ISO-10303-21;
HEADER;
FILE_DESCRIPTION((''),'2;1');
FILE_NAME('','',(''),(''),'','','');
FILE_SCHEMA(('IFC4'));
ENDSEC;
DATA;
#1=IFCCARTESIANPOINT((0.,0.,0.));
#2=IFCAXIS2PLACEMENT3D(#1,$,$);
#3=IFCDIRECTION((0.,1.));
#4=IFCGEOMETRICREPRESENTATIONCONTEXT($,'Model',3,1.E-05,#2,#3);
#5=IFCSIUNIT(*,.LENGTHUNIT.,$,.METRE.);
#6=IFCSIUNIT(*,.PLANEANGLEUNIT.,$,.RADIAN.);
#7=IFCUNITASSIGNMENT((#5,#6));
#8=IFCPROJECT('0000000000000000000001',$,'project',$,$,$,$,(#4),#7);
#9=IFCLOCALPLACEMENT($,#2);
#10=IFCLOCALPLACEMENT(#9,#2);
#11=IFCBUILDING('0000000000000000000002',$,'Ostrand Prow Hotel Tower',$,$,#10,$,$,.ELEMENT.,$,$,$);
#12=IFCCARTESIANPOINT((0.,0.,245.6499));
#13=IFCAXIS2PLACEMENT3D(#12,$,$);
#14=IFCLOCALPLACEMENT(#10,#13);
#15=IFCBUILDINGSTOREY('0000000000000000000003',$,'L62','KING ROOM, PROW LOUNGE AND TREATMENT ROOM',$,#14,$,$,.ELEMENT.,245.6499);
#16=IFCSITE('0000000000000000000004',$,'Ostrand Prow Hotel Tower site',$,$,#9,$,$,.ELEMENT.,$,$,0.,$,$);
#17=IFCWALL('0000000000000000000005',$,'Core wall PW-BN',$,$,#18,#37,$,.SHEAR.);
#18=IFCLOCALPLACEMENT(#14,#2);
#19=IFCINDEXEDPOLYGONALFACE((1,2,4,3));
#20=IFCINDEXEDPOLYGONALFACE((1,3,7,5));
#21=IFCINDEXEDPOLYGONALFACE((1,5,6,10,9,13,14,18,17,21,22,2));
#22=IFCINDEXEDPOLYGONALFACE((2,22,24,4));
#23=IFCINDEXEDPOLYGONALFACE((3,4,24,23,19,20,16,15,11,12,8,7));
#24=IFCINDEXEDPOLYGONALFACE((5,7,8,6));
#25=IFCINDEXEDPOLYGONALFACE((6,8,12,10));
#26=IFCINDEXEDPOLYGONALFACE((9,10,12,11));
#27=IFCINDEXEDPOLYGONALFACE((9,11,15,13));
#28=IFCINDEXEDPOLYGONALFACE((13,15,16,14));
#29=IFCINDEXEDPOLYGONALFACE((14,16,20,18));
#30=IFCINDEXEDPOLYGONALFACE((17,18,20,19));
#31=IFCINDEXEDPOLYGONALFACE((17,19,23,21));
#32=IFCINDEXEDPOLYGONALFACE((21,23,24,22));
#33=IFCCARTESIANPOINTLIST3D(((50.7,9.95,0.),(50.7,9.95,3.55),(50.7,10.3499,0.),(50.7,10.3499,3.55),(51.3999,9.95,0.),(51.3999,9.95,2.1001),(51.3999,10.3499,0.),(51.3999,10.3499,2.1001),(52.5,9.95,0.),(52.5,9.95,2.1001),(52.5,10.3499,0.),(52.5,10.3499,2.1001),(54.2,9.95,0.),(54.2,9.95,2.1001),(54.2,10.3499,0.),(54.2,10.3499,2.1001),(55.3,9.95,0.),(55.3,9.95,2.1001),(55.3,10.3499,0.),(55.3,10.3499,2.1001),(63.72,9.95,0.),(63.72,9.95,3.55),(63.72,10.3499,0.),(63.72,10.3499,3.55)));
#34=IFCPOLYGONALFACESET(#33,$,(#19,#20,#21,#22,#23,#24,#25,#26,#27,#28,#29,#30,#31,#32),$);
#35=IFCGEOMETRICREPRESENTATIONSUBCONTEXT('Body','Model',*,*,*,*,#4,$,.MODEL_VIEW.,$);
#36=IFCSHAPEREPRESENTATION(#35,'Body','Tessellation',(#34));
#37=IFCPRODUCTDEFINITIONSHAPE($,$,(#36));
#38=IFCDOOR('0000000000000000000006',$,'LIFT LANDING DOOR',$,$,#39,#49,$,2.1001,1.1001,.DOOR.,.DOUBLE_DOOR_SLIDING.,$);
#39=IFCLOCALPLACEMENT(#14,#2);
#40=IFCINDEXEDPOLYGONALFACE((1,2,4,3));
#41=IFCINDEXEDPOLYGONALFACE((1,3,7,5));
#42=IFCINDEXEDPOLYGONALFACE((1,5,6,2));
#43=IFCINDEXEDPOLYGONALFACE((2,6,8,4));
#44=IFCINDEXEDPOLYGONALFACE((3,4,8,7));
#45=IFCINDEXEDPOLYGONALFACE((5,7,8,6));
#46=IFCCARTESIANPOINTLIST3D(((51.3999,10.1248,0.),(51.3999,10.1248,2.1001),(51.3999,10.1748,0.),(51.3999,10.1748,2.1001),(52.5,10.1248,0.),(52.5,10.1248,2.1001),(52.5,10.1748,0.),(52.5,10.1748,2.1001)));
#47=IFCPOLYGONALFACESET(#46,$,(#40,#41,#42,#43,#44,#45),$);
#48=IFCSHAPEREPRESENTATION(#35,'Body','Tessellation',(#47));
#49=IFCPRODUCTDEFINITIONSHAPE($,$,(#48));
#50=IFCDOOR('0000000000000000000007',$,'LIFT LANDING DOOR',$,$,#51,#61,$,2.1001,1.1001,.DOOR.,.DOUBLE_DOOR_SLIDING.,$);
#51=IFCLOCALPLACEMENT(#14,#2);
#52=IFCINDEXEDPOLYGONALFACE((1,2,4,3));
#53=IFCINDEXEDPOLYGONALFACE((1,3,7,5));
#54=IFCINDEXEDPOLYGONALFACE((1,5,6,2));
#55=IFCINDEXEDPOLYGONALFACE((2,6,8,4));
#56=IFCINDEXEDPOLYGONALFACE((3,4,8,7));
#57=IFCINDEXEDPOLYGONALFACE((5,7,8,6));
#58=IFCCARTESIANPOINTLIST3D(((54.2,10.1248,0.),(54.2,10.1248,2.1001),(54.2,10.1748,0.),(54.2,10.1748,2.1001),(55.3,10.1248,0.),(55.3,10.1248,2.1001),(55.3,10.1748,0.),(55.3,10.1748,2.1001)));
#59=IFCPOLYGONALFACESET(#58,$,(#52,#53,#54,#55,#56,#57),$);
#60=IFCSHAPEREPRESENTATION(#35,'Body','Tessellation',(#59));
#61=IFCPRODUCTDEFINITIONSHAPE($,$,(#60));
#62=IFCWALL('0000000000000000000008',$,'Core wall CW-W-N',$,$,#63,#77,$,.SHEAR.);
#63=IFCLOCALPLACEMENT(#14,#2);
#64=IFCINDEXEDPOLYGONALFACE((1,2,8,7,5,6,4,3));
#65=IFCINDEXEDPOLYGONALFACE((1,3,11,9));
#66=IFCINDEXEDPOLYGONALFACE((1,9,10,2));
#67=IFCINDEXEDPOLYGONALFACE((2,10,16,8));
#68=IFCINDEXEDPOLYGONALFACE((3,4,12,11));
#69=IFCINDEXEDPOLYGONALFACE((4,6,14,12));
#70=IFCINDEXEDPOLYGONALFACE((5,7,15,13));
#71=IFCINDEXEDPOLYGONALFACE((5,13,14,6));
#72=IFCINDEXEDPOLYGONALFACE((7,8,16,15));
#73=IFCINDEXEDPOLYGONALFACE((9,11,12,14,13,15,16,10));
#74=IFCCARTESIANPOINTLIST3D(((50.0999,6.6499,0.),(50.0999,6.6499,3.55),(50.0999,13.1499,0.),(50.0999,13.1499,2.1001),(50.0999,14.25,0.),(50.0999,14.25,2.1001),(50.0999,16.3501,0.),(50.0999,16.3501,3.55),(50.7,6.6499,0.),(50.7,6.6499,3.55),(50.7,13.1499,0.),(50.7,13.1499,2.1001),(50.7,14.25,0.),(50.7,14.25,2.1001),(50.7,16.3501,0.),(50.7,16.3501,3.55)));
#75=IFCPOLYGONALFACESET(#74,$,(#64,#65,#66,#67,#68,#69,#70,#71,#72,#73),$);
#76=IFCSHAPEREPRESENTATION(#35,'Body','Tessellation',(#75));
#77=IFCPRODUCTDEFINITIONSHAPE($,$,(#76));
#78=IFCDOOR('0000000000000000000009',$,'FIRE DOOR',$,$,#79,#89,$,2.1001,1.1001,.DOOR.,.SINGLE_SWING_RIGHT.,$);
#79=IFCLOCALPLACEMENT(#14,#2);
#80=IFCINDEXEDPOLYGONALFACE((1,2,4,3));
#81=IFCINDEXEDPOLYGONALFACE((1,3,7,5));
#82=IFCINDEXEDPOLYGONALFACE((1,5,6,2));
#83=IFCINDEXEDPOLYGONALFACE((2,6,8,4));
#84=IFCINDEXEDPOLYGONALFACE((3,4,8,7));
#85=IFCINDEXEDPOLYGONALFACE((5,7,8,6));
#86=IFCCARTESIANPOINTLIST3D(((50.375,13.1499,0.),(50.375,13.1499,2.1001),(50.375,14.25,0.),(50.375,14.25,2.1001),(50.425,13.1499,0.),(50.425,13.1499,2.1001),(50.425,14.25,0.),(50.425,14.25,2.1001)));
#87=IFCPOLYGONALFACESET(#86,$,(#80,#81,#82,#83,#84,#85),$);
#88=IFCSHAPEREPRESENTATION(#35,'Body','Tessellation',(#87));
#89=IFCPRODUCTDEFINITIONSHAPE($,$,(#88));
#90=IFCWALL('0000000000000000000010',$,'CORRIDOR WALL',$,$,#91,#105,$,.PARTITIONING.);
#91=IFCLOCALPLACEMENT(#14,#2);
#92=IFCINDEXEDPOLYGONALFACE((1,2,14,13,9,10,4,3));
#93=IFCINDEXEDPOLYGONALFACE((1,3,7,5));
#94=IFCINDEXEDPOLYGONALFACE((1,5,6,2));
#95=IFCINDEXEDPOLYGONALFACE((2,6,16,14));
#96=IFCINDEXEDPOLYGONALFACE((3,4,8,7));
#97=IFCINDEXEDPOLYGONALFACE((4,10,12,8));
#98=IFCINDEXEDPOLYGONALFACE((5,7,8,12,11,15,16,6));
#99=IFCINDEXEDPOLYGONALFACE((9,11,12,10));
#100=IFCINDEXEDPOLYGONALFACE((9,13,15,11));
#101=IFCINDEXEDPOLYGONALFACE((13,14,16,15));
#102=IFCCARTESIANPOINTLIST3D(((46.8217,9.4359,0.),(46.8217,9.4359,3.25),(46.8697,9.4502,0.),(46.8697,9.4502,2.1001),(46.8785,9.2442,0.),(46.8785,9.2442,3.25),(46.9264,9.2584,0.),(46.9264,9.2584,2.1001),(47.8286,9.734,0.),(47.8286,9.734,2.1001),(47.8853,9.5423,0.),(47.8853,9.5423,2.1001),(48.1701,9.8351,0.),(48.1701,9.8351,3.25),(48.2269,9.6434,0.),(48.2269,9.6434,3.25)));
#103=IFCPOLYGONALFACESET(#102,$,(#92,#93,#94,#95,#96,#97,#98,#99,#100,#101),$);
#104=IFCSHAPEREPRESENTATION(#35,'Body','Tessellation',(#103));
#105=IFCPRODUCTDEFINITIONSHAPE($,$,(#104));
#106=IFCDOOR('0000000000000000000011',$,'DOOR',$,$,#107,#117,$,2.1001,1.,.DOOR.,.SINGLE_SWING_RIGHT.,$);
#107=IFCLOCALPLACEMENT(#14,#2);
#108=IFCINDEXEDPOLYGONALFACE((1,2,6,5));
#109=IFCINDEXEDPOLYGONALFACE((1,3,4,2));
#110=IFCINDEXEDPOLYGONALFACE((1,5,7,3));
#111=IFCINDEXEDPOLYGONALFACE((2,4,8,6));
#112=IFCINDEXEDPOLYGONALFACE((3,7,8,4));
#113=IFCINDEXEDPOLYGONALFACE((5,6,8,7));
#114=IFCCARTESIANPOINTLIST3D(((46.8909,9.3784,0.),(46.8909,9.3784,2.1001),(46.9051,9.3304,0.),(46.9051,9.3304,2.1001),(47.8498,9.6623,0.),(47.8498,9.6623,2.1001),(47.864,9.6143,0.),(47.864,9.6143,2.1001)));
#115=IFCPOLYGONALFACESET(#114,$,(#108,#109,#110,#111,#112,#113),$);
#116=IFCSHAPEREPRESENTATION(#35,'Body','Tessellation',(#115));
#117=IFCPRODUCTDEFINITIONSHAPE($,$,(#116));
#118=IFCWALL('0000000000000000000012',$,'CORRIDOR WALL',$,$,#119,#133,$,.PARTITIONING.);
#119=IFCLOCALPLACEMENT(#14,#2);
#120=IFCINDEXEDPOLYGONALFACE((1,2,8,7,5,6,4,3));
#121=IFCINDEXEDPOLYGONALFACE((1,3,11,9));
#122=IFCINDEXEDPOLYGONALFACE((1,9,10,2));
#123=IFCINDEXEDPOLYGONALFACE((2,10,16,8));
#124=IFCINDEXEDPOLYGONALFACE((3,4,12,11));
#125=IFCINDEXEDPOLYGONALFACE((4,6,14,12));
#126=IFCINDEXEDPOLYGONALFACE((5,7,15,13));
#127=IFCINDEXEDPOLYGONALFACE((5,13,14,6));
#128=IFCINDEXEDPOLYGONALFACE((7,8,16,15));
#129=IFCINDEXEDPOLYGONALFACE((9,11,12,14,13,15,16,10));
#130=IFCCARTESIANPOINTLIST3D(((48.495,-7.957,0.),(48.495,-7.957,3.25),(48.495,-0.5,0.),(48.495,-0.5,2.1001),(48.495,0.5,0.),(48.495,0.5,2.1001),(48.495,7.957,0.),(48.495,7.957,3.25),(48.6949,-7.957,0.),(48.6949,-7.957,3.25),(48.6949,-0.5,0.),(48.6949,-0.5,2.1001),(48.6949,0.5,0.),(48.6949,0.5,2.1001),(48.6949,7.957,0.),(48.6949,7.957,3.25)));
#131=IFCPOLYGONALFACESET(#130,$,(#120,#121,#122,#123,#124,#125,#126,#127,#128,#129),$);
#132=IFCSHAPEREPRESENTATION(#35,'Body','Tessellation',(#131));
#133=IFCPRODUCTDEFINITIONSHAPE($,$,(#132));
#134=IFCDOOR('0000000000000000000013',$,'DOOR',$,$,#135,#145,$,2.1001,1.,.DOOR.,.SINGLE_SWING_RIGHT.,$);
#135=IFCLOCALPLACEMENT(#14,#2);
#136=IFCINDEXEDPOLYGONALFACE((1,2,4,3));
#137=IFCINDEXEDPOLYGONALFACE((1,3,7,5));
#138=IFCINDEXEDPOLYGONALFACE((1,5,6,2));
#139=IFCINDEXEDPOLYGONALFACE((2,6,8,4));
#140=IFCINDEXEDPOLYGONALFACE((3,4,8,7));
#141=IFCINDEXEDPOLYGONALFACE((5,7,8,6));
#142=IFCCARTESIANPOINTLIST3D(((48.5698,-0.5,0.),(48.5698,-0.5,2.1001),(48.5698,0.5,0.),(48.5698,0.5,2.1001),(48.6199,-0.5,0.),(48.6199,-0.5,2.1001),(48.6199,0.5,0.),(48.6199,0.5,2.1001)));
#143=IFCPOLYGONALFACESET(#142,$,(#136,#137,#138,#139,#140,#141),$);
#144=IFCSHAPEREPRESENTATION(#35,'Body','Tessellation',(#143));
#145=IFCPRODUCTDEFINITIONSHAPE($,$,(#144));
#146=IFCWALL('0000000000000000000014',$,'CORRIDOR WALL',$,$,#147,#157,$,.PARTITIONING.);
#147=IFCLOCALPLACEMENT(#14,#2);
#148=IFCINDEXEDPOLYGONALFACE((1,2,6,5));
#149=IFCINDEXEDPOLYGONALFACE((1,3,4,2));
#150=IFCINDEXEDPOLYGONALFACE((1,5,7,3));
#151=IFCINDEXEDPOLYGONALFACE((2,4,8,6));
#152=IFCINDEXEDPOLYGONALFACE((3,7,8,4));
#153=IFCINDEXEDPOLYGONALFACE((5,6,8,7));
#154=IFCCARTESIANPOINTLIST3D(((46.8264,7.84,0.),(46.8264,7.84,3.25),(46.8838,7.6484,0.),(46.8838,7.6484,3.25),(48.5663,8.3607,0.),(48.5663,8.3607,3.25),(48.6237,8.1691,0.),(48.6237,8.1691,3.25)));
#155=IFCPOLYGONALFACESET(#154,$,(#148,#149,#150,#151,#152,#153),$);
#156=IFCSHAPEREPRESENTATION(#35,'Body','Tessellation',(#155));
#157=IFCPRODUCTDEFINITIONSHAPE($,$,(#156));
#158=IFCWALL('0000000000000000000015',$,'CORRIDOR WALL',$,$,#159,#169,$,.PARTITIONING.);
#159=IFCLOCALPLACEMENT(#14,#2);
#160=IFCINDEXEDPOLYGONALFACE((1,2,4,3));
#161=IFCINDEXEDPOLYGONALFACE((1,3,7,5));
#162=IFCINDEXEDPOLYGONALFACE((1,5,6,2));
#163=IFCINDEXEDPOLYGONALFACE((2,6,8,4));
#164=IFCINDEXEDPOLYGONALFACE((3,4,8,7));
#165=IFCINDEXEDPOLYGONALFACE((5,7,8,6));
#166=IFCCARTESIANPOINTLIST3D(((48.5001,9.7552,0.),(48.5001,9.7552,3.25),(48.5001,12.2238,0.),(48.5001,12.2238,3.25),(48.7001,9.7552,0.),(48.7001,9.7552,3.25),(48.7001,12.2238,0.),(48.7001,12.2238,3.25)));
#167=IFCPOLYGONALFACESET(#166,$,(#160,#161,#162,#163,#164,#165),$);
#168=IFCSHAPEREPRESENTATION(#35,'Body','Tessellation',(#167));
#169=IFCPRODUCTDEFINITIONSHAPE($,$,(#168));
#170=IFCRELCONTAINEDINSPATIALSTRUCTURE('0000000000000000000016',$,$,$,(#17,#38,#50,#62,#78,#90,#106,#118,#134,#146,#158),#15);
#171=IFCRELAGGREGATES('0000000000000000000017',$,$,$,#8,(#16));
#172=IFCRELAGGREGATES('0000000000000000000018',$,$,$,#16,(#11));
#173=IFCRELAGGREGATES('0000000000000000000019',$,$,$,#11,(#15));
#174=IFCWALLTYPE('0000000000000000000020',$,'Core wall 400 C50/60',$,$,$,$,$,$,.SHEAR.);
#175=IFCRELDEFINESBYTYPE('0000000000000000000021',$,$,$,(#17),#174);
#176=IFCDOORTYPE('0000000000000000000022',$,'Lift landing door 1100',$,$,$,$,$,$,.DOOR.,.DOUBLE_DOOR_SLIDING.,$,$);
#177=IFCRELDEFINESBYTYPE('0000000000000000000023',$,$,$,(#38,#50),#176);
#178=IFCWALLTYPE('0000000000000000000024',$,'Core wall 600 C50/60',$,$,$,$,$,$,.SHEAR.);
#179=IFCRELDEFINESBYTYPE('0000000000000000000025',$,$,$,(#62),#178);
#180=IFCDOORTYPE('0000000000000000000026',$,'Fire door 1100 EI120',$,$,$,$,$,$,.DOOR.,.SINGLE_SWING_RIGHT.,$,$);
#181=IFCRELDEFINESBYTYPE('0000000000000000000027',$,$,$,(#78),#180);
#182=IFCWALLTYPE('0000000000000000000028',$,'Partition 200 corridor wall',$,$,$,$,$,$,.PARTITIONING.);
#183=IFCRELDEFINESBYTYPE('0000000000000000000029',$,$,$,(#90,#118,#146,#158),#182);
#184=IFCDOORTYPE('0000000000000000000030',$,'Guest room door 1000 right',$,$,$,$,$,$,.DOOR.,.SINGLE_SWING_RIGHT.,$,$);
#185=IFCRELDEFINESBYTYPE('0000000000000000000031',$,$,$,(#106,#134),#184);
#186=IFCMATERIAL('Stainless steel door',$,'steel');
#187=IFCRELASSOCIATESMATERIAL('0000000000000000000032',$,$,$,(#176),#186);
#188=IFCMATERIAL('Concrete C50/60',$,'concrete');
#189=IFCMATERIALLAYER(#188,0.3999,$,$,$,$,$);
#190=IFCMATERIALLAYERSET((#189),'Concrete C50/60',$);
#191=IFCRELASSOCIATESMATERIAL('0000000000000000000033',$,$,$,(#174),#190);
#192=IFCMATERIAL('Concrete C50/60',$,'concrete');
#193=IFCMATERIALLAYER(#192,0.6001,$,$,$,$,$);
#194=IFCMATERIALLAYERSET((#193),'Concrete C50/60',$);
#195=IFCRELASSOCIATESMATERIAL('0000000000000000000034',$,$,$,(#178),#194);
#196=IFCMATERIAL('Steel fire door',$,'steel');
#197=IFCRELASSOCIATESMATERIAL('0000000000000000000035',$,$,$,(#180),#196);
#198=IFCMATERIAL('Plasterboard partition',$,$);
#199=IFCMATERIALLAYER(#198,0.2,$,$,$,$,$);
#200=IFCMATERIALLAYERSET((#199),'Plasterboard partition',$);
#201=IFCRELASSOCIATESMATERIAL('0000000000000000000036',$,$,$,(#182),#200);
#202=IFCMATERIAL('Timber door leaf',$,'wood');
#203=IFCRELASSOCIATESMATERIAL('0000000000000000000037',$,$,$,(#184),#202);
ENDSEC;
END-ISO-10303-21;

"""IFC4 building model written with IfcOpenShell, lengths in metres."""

from ifc_helpers import new_model, si_unit, direction, frame, frame_2d, origin, place, context, subcontext, project, spatial, rectangle, extrude, material, layer, layer_set, type_object, element, fill, save


model = new_model("IFC4")

# Units and contexts
model_context = context("Model", 3, precision=1e-05, world=origin(), true_north=direction((0.0, 1.0)))
body_context = subcontext(model_context, "Body", "Model", "MODEL_VIEW")
ifc_project = project(units=[si_unit("LENGTHUNIT", "METRE"), si_unit("PLANEANGLEUNIT", "RADIAN")], contexts=[model_context])

# Site, building, storey
site_placement = place(None, origin())
site = spatial("IfcSite", under=ifc_project, at=site_placement, Name="Ostrand Prow Hotel Tower site", CompositionType="ELEMENT", RefElevation=0.0)
building_placement = place(site_placement, origin())
building = spatial("IfcBuilding", under=site, at=building_placement, Name="Ostrand Prow Hotel Tower", CompositionType="ELEMENT")
storey_placement = place(building_placement, frame((0.0, 0.0, 245.6499)))
storey = spatial("IfcBuildingStorey", under=building, at=storey_placement, Name="L62", Description="KING ROOM, PROW LOUNGE AND TREATMENT ROOM", CompositionType="ELEMENT", Elevation=245.6499)

# Shared definitions
ifc_material_1 = material(Name="Stainless steel door", Category="steel")
door_type_1 = type_object("IfcDoorType", Name="Lift landing door 1100", OperationType="DOUBLE_DOOR_SLIDING", PredefinedType="DOOR", material=ifc_material_1)

# Wall, openings, doors
ifc_material_2 = material(Name="Concrete C50/60", Category="concrete")
ifc_layer_1 = layer(ifc_material_2, 0.3999)
ifc_layer_set_1 = layer_set([ifc_layer_1], Name="Concrete C50/60")
wall_type_1 = type_object("IfcWallType", Name="Core wall 400 C50/60", PredefinedType="SHEAR", material=ifc_layer_set_1)
wall_1_placement = place(storey_placement, frame((50.7, 10.1499, 0.0), z_axis=(0.0, 0.0, 1.0), x_axis=(1.0, 0.0, 0.0)))
wall_1 = element("IfcWall", 1, at=wall_1_placement, inside=storey, type_object=wall_type_1, Name="Core wall PW-BN", PredefinedType="SHEAR", context=body_context, shape_type="SweptSolid", body=[
    extrude(rectangle(XDim=13.02, YDim=0.3999, at=frame_2d((6.51, 0.0))), origin(), (0.0, 0.0, 1.0), 3.55),
])
opening_1_placement = place(wall_1_placement, frame((0.7, 0.0, 0.0)))
opening_1 = element("IfcOpeningElement", 2, at=opening_1_placement, cuts=wall_1, PredefinedType="OPENING", context=body_context, shape_type="SweptSolid", body=[
    extrude(rectangle(XDim=1.1001, YDim=2.1001, at=frame_2d((0.55, 1.05))), frame((0.0, 0.21, 0.0), z_axis=(0.0, -1.0, 0.0), x_axis=(1.0, 0.0, 0.0)), (0.0, 0.0, 1.0), 0.4199),
])
opening_2_placement = place(wall_1_placement, frame((3.5, 0.0, 0.0)))
opening_2 = element("IfcOpeningElement", 3, at=opening_2_placement, cuts=wall_1, PredefinedType="OPENING", context=body_context, shape_type="SweptSolid", body=[
    extrude(rectangle(XDim=1.1001, YDim=2.1001, at=frame_2d((0.55, 1.05))), frame((0.0, 0.21, 0.0), z_axis=(0.0, -1.0, 0.0), x_axis=(1.0, 0.0, 0.0)), (0.0, 0.0, 1.0), 0.4199),
])
door_1_placement = place(opening_1_placement, origin())
door_1 = element("IfcDoor", 4, at=door_1_placement, inside=storey, type_object=door_type_1, Name="LIFT LANDING DOOR", OperationType="DOUBLE_DOOR_SLIDING", OverallHeight=2.1001, OverallWidth=1.1001, PredefinedType="DOOR", context=body_context, shape_type="SweptSolid", body=[
    extrude(rectangle(XDim=1.1001, YDim=2.1001, at=frame_2d((0.55, 1.05))), frame((0.0, 0.0249, 0.0), z_axis=(0.0, -1.0, 0.0), x_axis=(1.0, 0.0, 0.0)), (0.0, 0.0, 1.0), 0.05),
])
fill(opening_1, door_1)
door_2_placement = place(opening_2_placement, origin())
door_2 = element("IfcDoor", 5, at=door_2_placement, inside=storey, type_object=door_type_1, Name="LIFT LANDING DOOR", OperationType="DOUBLE_DOOR_SLIDING", OverallHeight=2.1001, OverallWidth=1.1001, PredefinedType="DOOR", context=body_context, shape_type="SweptSolid", body=[
    extrude(rectangle(XDim=1.1001, YDim=2.1001, at=frame_2d((0.55, 1.05))), frame((0.0, 0.0249, 0.0), z_axis=(0.0, -1.0, 0.0), x_axis=(1.0, 0.0, 0.0)), (0.0, 0.0, 1.0), 0.05),
])
fill(opening_2, door_2)

# Walls, openings, doors
ifc_material_3 = material(Name="Concrete C50/60", Category="concrete")
ifc_layer_2 = layer(ifc_material_3, 0.6001)
ifc_layer_set_2 = layer_set([ifc_layer_2], Name="Concrete C50/60")
wall_type_2 = type_object("IfcWallType", Name="Core wall 600 C50/60", PredefinedType="SHEAR", material=ifc_layer_set_2)
wall_2_placement = place(storey_placement, frame((50.3999, 6.6499, 0.0), z_axis=(0.0, 0.0, 1.0), x_axis=(0.0, 1.0, 0.0)))
wall_2 = element("IfcWall", 6, at=wall_2_placement, inside=storey, type_object=wall_type_2, Name="Core wall CW-W-N", PredefinedType="SHEAR", context=body_context, shape_type="SweptSolid", body=[
    extrude(rectangle(XDim=9.7002, YDim=0.6001, at=frame_2d((4.8501, 0.0))), origin(), (0.0, 0.0, 1.0), 3.55),
])
opening_3_placement = place(wall_2_placement, frame((6.5, 0.0, 0.0)))
opening_3 = element("IfcOpeningElement", 7, at=opening_3_placement, cuts=wall_2, PredefinedType="OPENING", context=body_context, shape_type="SweptSolid", body=[
    extrude(rectangle(XDim=1.1001, YDim=2.1001, at=frame_2d((0.55, 1.05))), frame((0.0, 0.3101, 0.0), z_axis=(0.0, -1.0, 0.0), x_axis=(1.0, 0.0, 0.0)), (0.0, 0.0, 1.0), 0.6201),
])
ifc_material_4 = material(Name="Steel fire door", Category="steel")
door_type_2 = type_object("IfcDoorType", Name="Fire door 1100 EI120", OperationType="SINGLE_SWING_RIGHT", PredefinedType="DOOR", material=ifc_material_4)
door_3_placement = place(opening_3_placement, origin())
door_3 = element("IfcDoor", 8, at=door_3_placement, inside=storey, type_object=door_type_2, Name="FIRE DOOR", OperationType="SINGLE_SWING_RIGHT", OverallHeight=2.1001, OverallWidth=1.1001, PredefinedType="DOOR", context=body_context, shape_type="SweptSolid", body=[
    extrude(rectangle(XDim=1.1001, YDim=2.1001, at=frame_2d((0.55, 1.05))), frame((0.0, 0.0249, 0.0), z_axis=(0.0, -1.0, 0.0), x_axis=(1.0, 0.0, 0.0)), (0.0, 0.0, 1.0), 0.05),
])
fill(opening_3, door_3)
ifc_material_5 = material(Name="Plasterboard partition")
ifc_layer_3 = layer(ifc_material_5, 0.2)
ifc_layer_set_3 = layer_set([ifc_layer_3], Name="Plasterboard partition")
wall_type_3 = type_object("IfcWallType", Name="Partition 200 corridor wall", PredefinedType="PARTITIONING", material=ifc_layer_set_3)
wall_3_placement = place(storey_placement, frame((48.1985, 9.7393, 0.0), z_axis=(0.0, 0.0, 1.0), x_axis=(-0.958866, -0.283858, 0.0)))
wall_3 = element("IfcWall", 9, at=wall_3_placement, inside=storey, type_object=wall_type_3, Name="CORRIDOR WALL", PredefinedType="PARTITIONING", context=body_context, shape_type="SweptSolid", body=[
    extrude(rectangle(XDim=1.4062, YDim=0.2, at=frame_2d((0.7031, 0.0))), origin(), (0.0, 0.0, 1.0), 3.25),
])
opening_4_placement = place(wall_3_placement, frame((0.3562, 0.0, 0.0)))
opening_4 = element("IfcOpeningElement", 10, at=opening_4_placement, cuts=wall_3, PredefinedType="OPENING", context=body_context, shape_type="SweptSolid", body=[
    extrude(rectangle(XDim=1.0, YDim=2.1001, at=frame_2d((0.5, 1.05))), frame((0.0, 0.1099, 0.0), z_axis=(0.0, -1.0, 0.0), x_axis=(1.0, 0.0, 0.0)), (0.0, 0.0, 1.0), 0.22),
])
ifc_material_6 = material(Name="Timber door leaf", Category="wood")
door_type_3 = type_object("IfcDoorType", Name="Guest room door 1000 right", OperationType="SINGLE_SWING_RIGHT", PredefinedType="DOOR", material=ifc_material_6)
door_4_placement = place(opening_4_placement, origin())
door_4 = element("IfcDoor", 11, at=door_4_placement, inside=storey, type_object=door_type_3, Name="DOOR", OperationType="SINGLE_SWING_RIGHT", OverallHeight=2.1001, OverallWidth=1.0, PredefinedType="DOOR", context=body_context, shape_type="SweptSolid", body=[
    extrude(rectangle(XDim=1.0, YDim=2.1001, at=frame_2d((0.5, 1.05))), frame((0.0, 0.0249, 0.0), z_axis=(0.0, -1.0, 0.0), x_axis=(1.0, 0.0, 0.0)), (0.0, 0.0, 1.0), 0.05),
])
fill(opening_4, door_4)
wall_4_placement = place(storey_placement, frame((48.595, 7.957, 0.0), z_axis=(0.0, 0.0, 1.0), x_axis=(0.0, -1.0, 0.0)))
wall_4 = element("IfcWall", 12, at=wall_4_placement, inside=storey, type_object=wall_type_3, Name="CORRIDOR WALL", PredefinedType="PARTITIONING", context=body_context, shape_type="SweptSolid", body=[
    extrude(rectangle(XDim=15.9141, YDim=0.2, at=frame_2d((7.957, 0.0))), origin(), (0.0, 0.0, 1.0), 3.25),
])
opening_5_placement = place(wall_4_placement, frame((7.457, 0.0, 0.0)))
opening_5 = element("IfcOpeningElement", 13, at=opening_5_placement, cuts=wall_4, PredefinedType="OPENING", context=body_context, shape_type="SweptSolid", body=[
    extrude(rectangle(XDim=1.0, YDim=2.1001, at=frame_2d((0.5, 1.05))), frame((0.0, 0.1099, 0.0), z_axis=(0.0, -1.0, 0.0), x_axis=(1.0, 0.0, 0.0)), (0.0, 0.0, 1.0), 0.22),
])
door_5_placement = place(opening_5_placement, origin())
door_5 = element("IfcDoor", 14, at=door_5_placement, inside=storey, type_object=door_type_3, Name="DOOR", OperationType="SINGLE_SWING_RIGHT", OverallHeight=2.1001, OverallWidth=1.0, PredefinedType="DOOR", context=body_context, shape_type="SweptSolid", body=[
    extrude(rectangle(XDim=1.0, YDim=2.1001, at=frame_2d((0.5, 1.05))), frame((0.0, 0.0249, 0.0), z_axis=(0.0, -1.0, 0.0), x_axis=(1.0, 0.0, 0.0)), (0.0, 0.0, 1.0), 0.05),
])
fill(opening_5, door_5)

# Walls
wall_5_placement = place(storey_placement, frame((46.855, 7.7441, 0.0), z_axis=(0.0, 0.0, 1.0), x_axis=(0.958015, 0.286719, 0.0)))
element("IfcWall", 15, at=wall_5_placement, inside=storey, type_object=wall_type_3, Name="CORRIDOR WALL", PredefinedType="PARTITIONING", context=body_context, shape_type="SweptSolid", body=[
    extrude(rectangle(XDim=1.8162, YDim=0.2, at=frame_2d((0.9082, 0.0))), origin(), (0.0, 0.0, 1.0), 3.25),
])
wall_6_placement = place(storey_placement, frame((48.6001, 9.7551, 0.0), z_axis=(0.0, 0.0, 1.0), x_axis=(0.0, 1.0, 0.0)))
element("IfcWall", 16, at=wall_6_placement, inside=storey, type_object=wall_type_3, Name="CORRIDOR WALL", PredefinedType="PARTITIONING", context=body_context, shape_type="SweptSolid", body=[
    extrude(rectangle(XDim=2.4685, YDim=0.2, at=frame_2d((1.2344, 0.0))), origin(), (0.0, 0.0, 1.0), 3.25),
])

save(model, "model.ifc")
